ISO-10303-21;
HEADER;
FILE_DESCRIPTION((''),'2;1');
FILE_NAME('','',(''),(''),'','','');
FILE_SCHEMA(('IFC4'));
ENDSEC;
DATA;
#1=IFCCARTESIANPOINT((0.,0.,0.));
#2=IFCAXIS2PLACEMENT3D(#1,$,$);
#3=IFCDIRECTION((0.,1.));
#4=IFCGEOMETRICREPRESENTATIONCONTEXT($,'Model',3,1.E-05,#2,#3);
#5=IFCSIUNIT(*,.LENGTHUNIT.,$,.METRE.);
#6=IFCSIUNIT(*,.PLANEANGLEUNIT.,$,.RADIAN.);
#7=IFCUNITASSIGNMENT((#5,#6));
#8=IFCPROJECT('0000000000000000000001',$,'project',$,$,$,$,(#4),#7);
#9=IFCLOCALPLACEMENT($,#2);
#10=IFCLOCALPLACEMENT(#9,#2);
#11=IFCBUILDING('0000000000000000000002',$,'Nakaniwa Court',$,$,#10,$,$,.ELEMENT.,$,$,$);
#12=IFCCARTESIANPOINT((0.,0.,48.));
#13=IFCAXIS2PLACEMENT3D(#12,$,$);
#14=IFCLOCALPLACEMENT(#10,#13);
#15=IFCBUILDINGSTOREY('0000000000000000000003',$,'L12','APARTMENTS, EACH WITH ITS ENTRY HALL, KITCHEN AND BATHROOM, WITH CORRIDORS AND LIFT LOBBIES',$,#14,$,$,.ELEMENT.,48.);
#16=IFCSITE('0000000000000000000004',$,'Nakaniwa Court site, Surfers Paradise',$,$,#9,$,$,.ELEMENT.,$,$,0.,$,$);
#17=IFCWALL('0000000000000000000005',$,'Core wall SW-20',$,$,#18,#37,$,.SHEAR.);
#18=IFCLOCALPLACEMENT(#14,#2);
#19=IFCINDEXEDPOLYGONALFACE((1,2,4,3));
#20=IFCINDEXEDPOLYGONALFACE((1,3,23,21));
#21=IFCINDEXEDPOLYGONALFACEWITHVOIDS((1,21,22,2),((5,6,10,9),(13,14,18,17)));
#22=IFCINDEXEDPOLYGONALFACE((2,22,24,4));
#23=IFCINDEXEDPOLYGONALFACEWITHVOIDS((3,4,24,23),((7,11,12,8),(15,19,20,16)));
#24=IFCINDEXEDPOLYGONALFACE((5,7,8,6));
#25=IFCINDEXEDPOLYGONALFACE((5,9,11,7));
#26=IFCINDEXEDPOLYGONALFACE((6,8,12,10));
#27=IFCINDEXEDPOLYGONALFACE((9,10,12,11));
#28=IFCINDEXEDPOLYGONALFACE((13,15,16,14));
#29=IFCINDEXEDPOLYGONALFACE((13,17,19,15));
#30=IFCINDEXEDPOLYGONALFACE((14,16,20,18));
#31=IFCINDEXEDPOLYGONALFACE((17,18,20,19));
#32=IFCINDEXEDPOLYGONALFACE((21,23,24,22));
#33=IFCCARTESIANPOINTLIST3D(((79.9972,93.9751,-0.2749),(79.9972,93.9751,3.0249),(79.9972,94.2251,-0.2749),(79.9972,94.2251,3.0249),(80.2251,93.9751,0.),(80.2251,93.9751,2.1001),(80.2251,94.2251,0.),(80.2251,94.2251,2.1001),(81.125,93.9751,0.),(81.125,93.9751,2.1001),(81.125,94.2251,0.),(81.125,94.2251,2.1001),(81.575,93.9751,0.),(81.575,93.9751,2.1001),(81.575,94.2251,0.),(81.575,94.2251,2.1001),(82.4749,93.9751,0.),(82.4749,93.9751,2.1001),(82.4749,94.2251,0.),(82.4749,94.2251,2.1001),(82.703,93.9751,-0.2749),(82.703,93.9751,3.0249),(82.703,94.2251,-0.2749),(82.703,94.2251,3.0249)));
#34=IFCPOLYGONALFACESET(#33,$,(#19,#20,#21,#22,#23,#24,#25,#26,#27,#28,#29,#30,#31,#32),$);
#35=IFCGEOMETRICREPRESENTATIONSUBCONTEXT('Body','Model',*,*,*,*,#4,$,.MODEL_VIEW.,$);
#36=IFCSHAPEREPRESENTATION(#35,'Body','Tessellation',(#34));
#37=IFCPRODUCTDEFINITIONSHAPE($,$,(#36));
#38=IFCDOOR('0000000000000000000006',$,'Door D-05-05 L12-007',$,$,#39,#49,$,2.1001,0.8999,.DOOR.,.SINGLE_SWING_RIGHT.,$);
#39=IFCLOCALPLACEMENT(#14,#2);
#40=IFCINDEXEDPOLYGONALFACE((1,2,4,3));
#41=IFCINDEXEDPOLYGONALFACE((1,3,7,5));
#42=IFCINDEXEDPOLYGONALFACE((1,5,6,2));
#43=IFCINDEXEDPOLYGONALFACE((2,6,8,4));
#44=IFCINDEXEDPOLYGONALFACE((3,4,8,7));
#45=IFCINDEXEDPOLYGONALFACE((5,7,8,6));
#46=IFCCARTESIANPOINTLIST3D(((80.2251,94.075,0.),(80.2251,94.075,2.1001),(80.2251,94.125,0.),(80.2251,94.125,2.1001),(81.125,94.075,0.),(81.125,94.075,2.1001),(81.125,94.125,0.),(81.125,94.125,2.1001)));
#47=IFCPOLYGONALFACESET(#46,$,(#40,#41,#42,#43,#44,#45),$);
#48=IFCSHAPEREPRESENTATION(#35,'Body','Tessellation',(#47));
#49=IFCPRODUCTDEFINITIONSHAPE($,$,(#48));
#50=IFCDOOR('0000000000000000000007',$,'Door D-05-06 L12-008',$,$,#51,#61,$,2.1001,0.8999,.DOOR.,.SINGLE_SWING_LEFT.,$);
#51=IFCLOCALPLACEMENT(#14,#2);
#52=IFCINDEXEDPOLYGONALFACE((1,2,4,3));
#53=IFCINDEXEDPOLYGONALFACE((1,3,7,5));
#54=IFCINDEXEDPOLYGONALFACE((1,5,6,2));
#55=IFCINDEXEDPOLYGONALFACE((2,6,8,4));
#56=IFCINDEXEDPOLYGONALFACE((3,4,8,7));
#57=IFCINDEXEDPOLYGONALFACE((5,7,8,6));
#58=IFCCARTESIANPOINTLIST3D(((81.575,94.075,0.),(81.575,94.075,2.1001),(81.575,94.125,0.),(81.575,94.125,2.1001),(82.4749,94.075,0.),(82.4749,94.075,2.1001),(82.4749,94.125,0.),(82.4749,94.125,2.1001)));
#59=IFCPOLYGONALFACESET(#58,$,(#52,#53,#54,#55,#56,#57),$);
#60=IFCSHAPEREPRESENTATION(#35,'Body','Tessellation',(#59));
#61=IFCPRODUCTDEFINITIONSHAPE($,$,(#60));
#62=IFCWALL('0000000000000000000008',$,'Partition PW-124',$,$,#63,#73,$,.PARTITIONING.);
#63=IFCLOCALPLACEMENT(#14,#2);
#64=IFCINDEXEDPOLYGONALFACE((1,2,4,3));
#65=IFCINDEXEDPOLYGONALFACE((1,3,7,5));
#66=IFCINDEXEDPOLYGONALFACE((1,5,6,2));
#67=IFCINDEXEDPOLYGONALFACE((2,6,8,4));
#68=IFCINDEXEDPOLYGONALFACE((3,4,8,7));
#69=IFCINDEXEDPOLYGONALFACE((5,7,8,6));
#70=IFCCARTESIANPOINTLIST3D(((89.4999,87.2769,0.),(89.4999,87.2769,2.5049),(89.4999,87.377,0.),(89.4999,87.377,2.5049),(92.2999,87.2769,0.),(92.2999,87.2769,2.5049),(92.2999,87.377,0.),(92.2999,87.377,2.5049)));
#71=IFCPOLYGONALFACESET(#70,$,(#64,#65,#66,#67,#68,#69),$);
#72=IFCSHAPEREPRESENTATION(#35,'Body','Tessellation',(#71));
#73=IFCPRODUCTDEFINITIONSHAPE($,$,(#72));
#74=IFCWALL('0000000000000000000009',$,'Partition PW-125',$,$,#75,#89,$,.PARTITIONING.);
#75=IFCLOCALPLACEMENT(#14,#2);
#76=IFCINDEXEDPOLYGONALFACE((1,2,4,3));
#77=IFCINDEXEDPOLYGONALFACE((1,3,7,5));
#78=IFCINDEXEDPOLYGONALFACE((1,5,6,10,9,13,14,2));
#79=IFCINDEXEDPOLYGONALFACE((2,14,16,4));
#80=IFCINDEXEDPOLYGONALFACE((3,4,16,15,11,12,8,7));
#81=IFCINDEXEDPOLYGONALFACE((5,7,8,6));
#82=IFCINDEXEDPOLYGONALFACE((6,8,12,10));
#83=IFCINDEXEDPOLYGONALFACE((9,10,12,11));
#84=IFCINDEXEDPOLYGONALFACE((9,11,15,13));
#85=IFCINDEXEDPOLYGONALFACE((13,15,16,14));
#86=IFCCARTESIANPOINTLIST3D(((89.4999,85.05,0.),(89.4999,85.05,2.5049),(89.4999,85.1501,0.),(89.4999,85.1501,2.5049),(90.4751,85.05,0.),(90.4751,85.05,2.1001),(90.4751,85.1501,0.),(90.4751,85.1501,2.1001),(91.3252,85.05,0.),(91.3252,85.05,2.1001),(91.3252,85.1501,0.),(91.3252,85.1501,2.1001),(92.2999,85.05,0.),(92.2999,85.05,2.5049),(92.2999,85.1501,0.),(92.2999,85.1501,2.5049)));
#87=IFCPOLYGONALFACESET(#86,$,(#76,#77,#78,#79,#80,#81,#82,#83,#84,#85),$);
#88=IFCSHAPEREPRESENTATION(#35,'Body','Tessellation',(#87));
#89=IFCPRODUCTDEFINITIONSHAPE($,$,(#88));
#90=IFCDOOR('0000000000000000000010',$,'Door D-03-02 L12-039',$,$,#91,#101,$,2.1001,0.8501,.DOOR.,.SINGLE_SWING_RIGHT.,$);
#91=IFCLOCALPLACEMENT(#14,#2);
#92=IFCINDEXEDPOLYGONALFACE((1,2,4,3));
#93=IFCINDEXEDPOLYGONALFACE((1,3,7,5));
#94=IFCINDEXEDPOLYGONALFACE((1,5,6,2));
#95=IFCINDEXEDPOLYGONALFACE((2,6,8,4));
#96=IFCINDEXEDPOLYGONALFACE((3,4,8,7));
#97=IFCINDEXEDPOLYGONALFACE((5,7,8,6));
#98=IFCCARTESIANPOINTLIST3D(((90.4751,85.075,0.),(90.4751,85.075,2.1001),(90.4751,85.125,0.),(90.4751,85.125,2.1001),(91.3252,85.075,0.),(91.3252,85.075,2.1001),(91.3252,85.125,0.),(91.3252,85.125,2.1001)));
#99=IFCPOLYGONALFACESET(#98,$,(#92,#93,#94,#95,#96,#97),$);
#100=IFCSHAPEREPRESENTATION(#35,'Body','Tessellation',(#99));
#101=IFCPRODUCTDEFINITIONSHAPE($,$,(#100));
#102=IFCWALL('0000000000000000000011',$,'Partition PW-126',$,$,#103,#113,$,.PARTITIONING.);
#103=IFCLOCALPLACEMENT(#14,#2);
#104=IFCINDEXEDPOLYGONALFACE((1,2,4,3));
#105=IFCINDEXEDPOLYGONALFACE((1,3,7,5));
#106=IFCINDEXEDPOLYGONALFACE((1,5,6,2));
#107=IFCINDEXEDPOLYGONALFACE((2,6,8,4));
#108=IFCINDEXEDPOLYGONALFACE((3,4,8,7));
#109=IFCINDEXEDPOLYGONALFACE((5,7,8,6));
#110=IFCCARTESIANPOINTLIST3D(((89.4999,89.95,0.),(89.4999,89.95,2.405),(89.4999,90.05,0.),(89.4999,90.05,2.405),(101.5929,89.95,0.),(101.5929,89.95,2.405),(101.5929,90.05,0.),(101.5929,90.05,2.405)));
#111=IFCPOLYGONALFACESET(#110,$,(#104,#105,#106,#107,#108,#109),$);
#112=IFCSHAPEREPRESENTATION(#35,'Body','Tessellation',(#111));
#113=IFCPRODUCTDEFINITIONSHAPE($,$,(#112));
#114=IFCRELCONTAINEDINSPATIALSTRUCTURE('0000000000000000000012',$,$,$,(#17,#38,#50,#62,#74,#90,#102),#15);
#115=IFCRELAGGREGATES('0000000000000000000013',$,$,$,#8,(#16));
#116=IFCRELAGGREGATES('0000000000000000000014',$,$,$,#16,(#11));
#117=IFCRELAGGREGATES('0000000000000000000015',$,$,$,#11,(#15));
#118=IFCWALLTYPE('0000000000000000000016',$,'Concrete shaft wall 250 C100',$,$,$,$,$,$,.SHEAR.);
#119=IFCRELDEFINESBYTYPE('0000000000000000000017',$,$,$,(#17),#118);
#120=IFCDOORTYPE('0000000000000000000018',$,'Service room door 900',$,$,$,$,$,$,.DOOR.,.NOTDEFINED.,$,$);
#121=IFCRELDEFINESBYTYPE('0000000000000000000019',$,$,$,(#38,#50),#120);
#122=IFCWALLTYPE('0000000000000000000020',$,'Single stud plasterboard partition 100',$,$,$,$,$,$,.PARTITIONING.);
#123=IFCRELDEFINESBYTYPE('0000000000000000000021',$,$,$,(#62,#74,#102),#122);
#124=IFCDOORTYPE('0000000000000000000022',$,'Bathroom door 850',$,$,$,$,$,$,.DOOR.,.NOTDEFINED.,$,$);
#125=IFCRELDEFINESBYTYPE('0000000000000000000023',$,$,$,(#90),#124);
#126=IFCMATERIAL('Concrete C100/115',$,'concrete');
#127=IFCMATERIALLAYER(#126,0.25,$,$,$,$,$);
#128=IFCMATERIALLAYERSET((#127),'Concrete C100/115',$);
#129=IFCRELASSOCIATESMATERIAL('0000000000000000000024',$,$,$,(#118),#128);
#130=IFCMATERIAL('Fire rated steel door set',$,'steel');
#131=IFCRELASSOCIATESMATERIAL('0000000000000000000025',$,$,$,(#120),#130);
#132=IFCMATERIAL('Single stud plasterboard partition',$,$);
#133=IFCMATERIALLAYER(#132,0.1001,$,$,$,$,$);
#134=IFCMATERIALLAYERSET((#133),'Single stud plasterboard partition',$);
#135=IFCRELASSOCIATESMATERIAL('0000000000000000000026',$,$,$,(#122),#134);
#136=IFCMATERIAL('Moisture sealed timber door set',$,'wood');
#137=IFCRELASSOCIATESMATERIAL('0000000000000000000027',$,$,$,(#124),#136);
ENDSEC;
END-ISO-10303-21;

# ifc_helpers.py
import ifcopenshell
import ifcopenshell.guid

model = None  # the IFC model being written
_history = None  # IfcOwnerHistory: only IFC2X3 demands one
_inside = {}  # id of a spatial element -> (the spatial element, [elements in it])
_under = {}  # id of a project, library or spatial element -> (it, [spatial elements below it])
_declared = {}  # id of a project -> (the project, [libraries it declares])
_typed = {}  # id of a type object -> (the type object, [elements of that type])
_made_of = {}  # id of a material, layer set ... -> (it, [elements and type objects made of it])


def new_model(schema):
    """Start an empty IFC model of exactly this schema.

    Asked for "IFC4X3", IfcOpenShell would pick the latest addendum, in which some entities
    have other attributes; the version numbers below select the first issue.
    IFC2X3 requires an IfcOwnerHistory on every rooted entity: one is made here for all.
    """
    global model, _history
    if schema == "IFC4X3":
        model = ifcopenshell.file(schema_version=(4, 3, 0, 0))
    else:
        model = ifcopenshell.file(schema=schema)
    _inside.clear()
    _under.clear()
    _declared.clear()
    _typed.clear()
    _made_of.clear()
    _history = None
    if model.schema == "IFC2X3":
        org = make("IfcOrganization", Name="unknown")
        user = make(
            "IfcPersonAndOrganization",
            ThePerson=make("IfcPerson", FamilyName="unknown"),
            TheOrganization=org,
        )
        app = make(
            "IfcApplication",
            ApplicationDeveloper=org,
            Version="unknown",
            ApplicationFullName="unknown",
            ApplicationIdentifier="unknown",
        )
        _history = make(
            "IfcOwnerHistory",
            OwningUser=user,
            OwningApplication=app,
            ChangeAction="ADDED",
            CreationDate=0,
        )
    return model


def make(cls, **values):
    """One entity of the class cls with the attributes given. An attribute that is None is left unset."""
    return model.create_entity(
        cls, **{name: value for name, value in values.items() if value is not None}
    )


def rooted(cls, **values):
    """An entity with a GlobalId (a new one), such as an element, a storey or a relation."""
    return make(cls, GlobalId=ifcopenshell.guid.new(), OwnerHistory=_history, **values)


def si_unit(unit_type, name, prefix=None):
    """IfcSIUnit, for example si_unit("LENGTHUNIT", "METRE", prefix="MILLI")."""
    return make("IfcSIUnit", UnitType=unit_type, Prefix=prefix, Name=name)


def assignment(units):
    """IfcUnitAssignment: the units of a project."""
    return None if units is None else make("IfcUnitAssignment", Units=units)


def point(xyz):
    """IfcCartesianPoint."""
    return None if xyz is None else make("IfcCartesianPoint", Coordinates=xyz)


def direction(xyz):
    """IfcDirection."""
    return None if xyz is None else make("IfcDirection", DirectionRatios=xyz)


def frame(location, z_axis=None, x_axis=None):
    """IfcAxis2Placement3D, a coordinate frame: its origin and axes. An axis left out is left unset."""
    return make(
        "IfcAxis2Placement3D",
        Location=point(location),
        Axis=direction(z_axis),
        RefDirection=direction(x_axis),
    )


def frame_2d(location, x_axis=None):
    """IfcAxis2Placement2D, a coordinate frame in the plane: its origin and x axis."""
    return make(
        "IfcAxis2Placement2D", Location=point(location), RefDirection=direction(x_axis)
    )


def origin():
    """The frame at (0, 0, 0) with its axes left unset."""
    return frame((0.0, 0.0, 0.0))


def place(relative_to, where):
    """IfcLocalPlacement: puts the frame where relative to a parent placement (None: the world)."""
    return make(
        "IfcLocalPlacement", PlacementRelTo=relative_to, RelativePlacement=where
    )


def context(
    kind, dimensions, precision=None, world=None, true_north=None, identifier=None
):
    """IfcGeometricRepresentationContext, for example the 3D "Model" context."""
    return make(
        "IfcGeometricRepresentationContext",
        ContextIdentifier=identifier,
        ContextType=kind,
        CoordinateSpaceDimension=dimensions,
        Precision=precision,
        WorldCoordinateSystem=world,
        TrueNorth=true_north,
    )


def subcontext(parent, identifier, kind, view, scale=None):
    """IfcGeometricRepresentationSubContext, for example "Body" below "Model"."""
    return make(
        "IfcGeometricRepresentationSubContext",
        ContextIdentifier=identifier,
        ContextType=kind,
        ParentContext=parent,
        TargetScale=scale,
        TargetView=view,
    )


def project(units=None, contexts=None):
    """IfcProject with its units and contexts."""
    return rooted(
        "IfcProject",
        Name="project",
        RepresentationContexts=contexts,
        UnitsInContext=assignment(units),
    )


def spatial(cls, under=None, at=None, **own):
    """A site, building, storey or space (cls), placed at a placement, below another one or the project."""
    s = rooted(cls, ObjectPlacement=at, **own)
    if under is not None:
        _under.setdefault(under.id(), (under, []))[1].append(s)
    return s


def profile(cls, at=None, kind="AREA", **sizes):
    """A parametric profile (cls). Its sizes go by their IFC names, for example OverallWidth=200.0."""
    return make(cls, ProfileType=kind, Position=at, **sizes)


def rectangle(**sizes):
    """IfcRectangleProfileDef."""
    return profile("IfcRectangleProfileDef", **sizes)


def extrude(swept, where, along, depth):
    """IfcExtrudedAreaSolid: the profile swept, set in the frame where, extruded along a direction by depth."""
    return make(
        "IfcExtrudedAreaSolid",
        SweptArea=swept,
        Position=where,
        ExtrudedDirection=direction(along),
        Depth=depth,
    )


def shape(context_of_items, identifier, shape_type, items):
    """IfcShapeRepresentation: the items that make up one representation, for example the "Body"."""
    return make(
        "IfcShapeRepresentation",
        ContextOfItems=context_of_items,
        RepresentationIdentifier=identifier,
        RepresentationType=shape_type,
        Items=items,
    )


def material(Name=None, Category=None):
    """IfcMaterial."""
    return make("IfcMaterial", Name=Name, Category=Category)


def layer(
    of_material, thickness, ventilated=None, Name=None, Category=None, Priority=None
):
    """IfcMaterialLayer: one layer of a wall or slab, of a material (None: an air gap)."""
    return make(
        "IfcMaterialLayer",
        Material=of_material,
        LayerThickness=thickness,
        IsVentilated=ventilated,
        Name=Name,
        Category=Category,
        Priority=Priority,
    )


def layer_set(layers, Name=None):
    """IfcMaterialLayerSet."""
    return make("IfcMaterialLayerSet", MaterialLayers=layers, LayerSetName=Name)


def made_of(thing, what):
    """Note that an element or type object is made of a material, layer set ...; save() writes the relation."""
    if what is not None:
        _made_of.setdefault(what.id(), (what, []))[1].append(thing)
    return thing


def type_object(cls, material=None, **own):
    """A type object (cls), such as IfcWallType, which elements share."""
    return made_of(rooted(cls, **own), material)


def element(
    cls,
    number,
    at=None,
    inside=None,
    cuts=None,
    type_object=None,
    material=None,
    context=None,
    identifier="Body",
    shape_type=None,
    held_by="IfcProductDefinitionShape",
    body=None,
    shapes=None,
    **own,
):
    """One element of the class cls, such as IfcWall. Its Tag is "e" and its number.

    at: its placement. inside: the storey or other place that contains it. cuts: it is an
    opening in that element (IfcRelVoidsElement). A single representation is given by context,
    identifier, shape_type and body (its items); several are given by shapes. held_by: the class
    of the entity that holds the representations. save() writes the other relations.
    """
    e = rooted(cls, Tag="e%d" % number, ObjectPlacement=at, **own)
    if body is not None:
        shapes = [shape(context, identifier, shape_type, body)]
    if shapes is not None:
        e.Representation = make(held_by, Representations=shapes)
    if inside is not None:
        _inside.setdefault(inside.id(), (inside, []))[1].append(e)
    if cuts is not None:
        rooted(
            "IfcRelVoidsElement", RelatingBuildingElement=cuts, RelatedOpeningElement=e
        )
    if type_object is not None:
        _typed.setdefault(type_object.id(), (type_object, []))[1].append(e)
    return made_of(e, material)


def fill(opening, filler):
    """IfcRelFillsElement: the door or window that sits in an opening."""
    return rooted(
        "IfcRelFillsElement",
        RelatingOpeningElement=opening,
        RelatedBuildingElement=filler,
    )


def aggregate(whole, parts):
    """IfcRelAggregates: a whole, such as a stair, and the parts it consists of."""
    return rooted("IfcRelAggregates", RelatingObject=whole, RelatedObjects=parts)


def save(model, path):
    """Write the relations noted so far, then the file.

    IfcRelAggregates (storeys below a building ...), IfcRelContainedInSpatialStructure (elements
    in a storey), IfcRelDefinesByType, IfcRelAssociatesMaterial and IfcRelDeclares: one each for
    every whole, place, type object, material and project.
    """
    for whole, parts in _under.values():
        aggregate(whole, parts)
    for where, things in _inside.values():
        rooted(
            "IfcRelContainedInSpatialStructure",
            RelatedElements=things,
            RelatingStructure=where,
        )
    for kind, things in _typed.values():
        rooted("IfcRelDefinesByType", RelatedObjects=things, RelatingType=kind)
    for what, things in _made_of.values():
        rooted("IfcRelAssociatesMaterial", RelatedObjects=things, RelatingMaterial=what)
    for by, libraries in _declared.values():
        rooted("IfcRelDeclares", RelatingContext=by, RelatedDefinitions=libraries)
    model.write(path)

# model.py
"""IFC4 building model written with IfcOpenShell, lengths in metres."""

from ifc_helpers import new_model, si_unit, direction, frame, frame_2d, origin, place, context, subcontext, project, spatial, rectangle, extrude, material, layer, layer_set, type_object, element, fill, save


model = new_model("IFC4")

# Units and contexts
model_context = context("Model", 3, precision=1e-05, world=origin(), true_north=direction((0.0, 1.0)))
body_context = subcontext(model_context, "Body", "Model", "MODEL_VIEW")
ifc_project = project(units=[si_unit("LENGTHUNIT", "METRE"), si_unit("PLANEANGLEUNIT", "RADIAN")], contexts=[model_context])

# Site, building, storey
site_placement = place(None, origin())
site = spatial("IfcSite", under=ifc_project, at=site_placement, Name="Nakaniwa Court site, Surfers Paradise", CompositionType="ELEMENT", RefElevation=0.0)
building_placement = place(site_placement, origin())
building = spatial("IfcBuilding", under=site, at=building_placement, Name="Nakaniwa Court", CompositionType="ELEMENT")
storey_placement = place(building_placement, frame((0.0, 0.0, 48.0)))
storey = spatial("IfcBuildingStorey", under=building, at=storey_placement, Name="L12", Description="APARTMENTS, EACH WITH ITS ENTRY HALL, KITCHEN AND BATHROOM, WITH CORRIDORS AND LIFT LOBBIES", CompositionType="ELEMENT", Elevation=48.0)

# Shared definitions
ifc_material_1 = material(Name="Concrete C100/115", Category="concrete")

# Shared definitions
ifc_layer_1 = layer(ifc_material_1, 0.25)
ifc_layer_set_1 = layer_set([ifc_layer_1], Name="Concrete C100/115")
wall_type_1 = type_object("IfcWallType", Name="Concrete shaft wall 250 C100", PredefinedType="SHEAR", material=ifc_layer_set_1)

# Shared definitions
ifc_material_2 = material(Name="Fire rated steel door set", Category="steel")
door_type_1 = type_object("IfcDoorType", Name="Service room door 900", OperationType="NOTDEFINED", PredefinedType="DOOR", material=ifc_material_2)

# Wall, openings, doors
wall_1_placement = place(storey_placement, frame((79.9971, 94.1001, -0.2749), z_axis=(0.0, 0.0, 1.0), x_axis=(1.0, 0.0, 0.0)))
wall_1 = element("IfcWall", 1, at=wall_1_placement, inside=storey, type_object=wall_type_1, Name="Core wall SW-20", PredefinedType="SHEAR", context=body_context, shape_type="SweptSolid", body=[
    extrude(rectangle(XDim=2.7058, YDim=0.25, at=frame_2d((1.353, 0.0))), origin(), (0.0, 0.0, 1.0), 3.2998),
])
opening_1_placement = place(wall_1_placement, frame((0.228, 0.0, 0.2749)))
opening_1 = element("IfcOpeningElement", 2, at=opening_1_placement, cuts=wall_1, PredefinedType="OPENING", context=body_context, shape_type="SweptSolid", body=[
    extrude(rectangle(XDim=0.8999, YDim=2.1001, at=frame_2d((0.45, 1.05))), frame((0.0, 0.135, 0.0), z_axis=(0.0, -1.0, 0.0), x_axis=(1.0, 0.0, 0.0)), (0.0, 0.0, 1.0), 0.27),
])
opening_2_placement = place(wall_1_placement, frame((1.5779, 0.0, 0.2749)))
opening_2 = element("IfcOpeningElement", 3, at=opening_2_placement, cuts=wall_1, PredefinedType="OPENING", context=body_context, shape_type="SweptSolid", body=[
    extrude(rectangle(XDim=0.8999, YDim=2.1001, at=frame_2d((0.45, 1.05))), frame((0.0, 0.135, 0.0), z_axis=(0.0, -1.0, 0.0), x_axis=(1.0, 0.0, 0.0)), (0.0, 0.0, 1.0), 0.27),
])
door_1_placement = place(opening_1_placement, origin())
door_1 = element("IfcDoor", 4, at=door_1_placement, inside=storey, type_object=door_type_1, Name="Door D-05-05 L12-007", OperationType="SINGLE_SWING_RIGHT", OverallHeight=2.1001, OverallWidth=0.8999, PredefinedType="DOOR", context=body_context, shape_type="SweptSolid", body=[
    extrude(rectangle(XDim=0.8999, YDim=2.1001, at=frame_2d((0.45, 1.05))), frame((0.0, 0.0249, 0.0), z_axis=(0.0, -1.0, 0.0), x_axis=(1.0, 0.0, 0.0)), (0.0, 0.0, 1.0), 0.05),
])
fill(opening_1, door_1)
door_2_placement = place(opening_2_placement, origin())
door_2 = element("IfcDoor", 5, at=door_2_placement, inside=storey, type_object=door_type_1, Name="Door D-05-06 L12-008", OperationType="SINGLE_SWING_LEFT", OverallHeight=2.1001, OverallWidth=0.8999, PredefinedType="DOOR", context=body_context, shape_type="SweptSolid", body=[
    extrude(rectangle(XDim=0.8999, YDim=2.1001, at=frame_2d((0.45, 1.05))), frame((0.0, 0.0249, 0.0), z_axis=(0.0, -1.0, 0.0), x_axis=(1.0, 0.0, 0.0)), (0.0, 0.0, 1.0), 0.05),
])
fill(opening_2, door_2)

# Wall
ifc_material_3 = material(Name="Single stud plasterboard partition")
ifc_layer_2 = layer(ifc_material_3, 0.1001)
ifc_layer_set_2 = layer_set([ifc_layer_2], Name="Single stud plasterboard partition")
wall_type_2 = type_object("IfcWallType", Name="Single stud plasterboard partition 100", PredefinedType="PARTITIONING", material=ifc_layer_set_2)
wall_2_placement = place(storey_placement, frame((89.5, 87.3269, 0.0), z_axis=(0.0, 0.0, 1.0), x_axis=(1.0, 0.0, 0.0)))
element("IfcWall", 6, at=wall_2_placement, inside=storey, type_object=wall_type_2, Name="Partition PW-124", PredefinedType="PARTITIONING", context=body_context, shape_type="SweptSolid", body=[
    extrude(rectangle(XDim=2.8, YDim=0.1001, at=frame_2d((1.3999, 0.0))), origin(), (0.0, 0.0, 1.0), 2.5049),
])

# Wall, opening, door
wall_3_placement = place(storey_placement, frame((89.5, 85.1001, 0.0), z_axis=(0.0, 0.0, 1.0), x_axis=(1.0, 0.0, 0.0)))
wall_3 = element("IfcWall", 7, at=wall_3_placement, inside=storey, type_object=wall_type_2, Name="Partition PW-125", PredefinedType="PARTITIONING", context=body_context, shape_type="SweptSolid", body=[
    extrude(rectangle(XDim=2.8, YDim=0.1001, at=frame_2d((1.3999, 0.0))), origin(), (0.0, 0.0, 1.0), 2.5049),
])
opening_3_placement = place(wall_3_placement, frame((0.9751, 0.0, 0.0)))
opening_3 = element("IfcOpeningElement", 8, at=opening_3_placement, cuts=wall_3, PredefinedType="OPENING", context=body_context, shape_type="SweptSolid", body=[
    extrude(rectangle(XDim=0.8501, YDim=2.1001, at=frame_2d((0.425, 1.05))), frame((0.0, 0.0601, 0.0), z_axis=(0.0, -1.0, 0.0), x_axis=(1.0, 0.0, 0.0)), (0.0, 0.0, 1.0), 0.1201),
])
ifc_material_4 = material(Name="Moisture sealed timber door set", Category="wood")
door_type_2 = type_object("IfcDoorType", Name="Bathroom door 850", OperationType="NOTDEFINED", PredefinedType="DOOR", material=ifc_material_4)
door_3_placement = place(opening_3_placement, origin())
door_3 = element("IfcDoor", 9, at=door_3_placement, inside=storey, type_object=door_type_2, Name="Door D-03-02 L12-039", OperationType="SINGLE_SWING_RIGHT", OverallHeight=2.1001, OverallWidth=0.8501, PredefinedType="DOOR", context=body_context, shape_type="SweptSolid", body=[
    extrude(rectangle(XDim=0.8501, YDim=2.1001, at=frame_2d((0.425, 1.05))), frame((0.0, 0.0249, 0.0), z_axis=(0.0, -1.0, 0.0), x_axis=(1.0, 0.0, 0.0)), (0.0, 0.0, 1.0), 0.05),
])
fill(opening_3, door_3)

# Wall
wall_4_placement = place(storey_placement, frame((89.5, 90.0, 0.0), z_axis=(0.0, 0.0, 1.0), x_axis=(1.0, 0.0, 0.0)))
element("IfcWall", 10, at=wall_4_placement, inside=storey, type_object=wall_type_2, Name="Partition PW-126", PredefinedType="PARTITIONING", context=body_context, shape_type="SweptSolid", body=[
    extrude(rectangle(XDim=12.093, YDim=0.1001, at=frame_2d((6.0464, 0.0))), origin(), (0.0, 0.0, 1.0), 2.405),
])

save(model, "model.ifc")
